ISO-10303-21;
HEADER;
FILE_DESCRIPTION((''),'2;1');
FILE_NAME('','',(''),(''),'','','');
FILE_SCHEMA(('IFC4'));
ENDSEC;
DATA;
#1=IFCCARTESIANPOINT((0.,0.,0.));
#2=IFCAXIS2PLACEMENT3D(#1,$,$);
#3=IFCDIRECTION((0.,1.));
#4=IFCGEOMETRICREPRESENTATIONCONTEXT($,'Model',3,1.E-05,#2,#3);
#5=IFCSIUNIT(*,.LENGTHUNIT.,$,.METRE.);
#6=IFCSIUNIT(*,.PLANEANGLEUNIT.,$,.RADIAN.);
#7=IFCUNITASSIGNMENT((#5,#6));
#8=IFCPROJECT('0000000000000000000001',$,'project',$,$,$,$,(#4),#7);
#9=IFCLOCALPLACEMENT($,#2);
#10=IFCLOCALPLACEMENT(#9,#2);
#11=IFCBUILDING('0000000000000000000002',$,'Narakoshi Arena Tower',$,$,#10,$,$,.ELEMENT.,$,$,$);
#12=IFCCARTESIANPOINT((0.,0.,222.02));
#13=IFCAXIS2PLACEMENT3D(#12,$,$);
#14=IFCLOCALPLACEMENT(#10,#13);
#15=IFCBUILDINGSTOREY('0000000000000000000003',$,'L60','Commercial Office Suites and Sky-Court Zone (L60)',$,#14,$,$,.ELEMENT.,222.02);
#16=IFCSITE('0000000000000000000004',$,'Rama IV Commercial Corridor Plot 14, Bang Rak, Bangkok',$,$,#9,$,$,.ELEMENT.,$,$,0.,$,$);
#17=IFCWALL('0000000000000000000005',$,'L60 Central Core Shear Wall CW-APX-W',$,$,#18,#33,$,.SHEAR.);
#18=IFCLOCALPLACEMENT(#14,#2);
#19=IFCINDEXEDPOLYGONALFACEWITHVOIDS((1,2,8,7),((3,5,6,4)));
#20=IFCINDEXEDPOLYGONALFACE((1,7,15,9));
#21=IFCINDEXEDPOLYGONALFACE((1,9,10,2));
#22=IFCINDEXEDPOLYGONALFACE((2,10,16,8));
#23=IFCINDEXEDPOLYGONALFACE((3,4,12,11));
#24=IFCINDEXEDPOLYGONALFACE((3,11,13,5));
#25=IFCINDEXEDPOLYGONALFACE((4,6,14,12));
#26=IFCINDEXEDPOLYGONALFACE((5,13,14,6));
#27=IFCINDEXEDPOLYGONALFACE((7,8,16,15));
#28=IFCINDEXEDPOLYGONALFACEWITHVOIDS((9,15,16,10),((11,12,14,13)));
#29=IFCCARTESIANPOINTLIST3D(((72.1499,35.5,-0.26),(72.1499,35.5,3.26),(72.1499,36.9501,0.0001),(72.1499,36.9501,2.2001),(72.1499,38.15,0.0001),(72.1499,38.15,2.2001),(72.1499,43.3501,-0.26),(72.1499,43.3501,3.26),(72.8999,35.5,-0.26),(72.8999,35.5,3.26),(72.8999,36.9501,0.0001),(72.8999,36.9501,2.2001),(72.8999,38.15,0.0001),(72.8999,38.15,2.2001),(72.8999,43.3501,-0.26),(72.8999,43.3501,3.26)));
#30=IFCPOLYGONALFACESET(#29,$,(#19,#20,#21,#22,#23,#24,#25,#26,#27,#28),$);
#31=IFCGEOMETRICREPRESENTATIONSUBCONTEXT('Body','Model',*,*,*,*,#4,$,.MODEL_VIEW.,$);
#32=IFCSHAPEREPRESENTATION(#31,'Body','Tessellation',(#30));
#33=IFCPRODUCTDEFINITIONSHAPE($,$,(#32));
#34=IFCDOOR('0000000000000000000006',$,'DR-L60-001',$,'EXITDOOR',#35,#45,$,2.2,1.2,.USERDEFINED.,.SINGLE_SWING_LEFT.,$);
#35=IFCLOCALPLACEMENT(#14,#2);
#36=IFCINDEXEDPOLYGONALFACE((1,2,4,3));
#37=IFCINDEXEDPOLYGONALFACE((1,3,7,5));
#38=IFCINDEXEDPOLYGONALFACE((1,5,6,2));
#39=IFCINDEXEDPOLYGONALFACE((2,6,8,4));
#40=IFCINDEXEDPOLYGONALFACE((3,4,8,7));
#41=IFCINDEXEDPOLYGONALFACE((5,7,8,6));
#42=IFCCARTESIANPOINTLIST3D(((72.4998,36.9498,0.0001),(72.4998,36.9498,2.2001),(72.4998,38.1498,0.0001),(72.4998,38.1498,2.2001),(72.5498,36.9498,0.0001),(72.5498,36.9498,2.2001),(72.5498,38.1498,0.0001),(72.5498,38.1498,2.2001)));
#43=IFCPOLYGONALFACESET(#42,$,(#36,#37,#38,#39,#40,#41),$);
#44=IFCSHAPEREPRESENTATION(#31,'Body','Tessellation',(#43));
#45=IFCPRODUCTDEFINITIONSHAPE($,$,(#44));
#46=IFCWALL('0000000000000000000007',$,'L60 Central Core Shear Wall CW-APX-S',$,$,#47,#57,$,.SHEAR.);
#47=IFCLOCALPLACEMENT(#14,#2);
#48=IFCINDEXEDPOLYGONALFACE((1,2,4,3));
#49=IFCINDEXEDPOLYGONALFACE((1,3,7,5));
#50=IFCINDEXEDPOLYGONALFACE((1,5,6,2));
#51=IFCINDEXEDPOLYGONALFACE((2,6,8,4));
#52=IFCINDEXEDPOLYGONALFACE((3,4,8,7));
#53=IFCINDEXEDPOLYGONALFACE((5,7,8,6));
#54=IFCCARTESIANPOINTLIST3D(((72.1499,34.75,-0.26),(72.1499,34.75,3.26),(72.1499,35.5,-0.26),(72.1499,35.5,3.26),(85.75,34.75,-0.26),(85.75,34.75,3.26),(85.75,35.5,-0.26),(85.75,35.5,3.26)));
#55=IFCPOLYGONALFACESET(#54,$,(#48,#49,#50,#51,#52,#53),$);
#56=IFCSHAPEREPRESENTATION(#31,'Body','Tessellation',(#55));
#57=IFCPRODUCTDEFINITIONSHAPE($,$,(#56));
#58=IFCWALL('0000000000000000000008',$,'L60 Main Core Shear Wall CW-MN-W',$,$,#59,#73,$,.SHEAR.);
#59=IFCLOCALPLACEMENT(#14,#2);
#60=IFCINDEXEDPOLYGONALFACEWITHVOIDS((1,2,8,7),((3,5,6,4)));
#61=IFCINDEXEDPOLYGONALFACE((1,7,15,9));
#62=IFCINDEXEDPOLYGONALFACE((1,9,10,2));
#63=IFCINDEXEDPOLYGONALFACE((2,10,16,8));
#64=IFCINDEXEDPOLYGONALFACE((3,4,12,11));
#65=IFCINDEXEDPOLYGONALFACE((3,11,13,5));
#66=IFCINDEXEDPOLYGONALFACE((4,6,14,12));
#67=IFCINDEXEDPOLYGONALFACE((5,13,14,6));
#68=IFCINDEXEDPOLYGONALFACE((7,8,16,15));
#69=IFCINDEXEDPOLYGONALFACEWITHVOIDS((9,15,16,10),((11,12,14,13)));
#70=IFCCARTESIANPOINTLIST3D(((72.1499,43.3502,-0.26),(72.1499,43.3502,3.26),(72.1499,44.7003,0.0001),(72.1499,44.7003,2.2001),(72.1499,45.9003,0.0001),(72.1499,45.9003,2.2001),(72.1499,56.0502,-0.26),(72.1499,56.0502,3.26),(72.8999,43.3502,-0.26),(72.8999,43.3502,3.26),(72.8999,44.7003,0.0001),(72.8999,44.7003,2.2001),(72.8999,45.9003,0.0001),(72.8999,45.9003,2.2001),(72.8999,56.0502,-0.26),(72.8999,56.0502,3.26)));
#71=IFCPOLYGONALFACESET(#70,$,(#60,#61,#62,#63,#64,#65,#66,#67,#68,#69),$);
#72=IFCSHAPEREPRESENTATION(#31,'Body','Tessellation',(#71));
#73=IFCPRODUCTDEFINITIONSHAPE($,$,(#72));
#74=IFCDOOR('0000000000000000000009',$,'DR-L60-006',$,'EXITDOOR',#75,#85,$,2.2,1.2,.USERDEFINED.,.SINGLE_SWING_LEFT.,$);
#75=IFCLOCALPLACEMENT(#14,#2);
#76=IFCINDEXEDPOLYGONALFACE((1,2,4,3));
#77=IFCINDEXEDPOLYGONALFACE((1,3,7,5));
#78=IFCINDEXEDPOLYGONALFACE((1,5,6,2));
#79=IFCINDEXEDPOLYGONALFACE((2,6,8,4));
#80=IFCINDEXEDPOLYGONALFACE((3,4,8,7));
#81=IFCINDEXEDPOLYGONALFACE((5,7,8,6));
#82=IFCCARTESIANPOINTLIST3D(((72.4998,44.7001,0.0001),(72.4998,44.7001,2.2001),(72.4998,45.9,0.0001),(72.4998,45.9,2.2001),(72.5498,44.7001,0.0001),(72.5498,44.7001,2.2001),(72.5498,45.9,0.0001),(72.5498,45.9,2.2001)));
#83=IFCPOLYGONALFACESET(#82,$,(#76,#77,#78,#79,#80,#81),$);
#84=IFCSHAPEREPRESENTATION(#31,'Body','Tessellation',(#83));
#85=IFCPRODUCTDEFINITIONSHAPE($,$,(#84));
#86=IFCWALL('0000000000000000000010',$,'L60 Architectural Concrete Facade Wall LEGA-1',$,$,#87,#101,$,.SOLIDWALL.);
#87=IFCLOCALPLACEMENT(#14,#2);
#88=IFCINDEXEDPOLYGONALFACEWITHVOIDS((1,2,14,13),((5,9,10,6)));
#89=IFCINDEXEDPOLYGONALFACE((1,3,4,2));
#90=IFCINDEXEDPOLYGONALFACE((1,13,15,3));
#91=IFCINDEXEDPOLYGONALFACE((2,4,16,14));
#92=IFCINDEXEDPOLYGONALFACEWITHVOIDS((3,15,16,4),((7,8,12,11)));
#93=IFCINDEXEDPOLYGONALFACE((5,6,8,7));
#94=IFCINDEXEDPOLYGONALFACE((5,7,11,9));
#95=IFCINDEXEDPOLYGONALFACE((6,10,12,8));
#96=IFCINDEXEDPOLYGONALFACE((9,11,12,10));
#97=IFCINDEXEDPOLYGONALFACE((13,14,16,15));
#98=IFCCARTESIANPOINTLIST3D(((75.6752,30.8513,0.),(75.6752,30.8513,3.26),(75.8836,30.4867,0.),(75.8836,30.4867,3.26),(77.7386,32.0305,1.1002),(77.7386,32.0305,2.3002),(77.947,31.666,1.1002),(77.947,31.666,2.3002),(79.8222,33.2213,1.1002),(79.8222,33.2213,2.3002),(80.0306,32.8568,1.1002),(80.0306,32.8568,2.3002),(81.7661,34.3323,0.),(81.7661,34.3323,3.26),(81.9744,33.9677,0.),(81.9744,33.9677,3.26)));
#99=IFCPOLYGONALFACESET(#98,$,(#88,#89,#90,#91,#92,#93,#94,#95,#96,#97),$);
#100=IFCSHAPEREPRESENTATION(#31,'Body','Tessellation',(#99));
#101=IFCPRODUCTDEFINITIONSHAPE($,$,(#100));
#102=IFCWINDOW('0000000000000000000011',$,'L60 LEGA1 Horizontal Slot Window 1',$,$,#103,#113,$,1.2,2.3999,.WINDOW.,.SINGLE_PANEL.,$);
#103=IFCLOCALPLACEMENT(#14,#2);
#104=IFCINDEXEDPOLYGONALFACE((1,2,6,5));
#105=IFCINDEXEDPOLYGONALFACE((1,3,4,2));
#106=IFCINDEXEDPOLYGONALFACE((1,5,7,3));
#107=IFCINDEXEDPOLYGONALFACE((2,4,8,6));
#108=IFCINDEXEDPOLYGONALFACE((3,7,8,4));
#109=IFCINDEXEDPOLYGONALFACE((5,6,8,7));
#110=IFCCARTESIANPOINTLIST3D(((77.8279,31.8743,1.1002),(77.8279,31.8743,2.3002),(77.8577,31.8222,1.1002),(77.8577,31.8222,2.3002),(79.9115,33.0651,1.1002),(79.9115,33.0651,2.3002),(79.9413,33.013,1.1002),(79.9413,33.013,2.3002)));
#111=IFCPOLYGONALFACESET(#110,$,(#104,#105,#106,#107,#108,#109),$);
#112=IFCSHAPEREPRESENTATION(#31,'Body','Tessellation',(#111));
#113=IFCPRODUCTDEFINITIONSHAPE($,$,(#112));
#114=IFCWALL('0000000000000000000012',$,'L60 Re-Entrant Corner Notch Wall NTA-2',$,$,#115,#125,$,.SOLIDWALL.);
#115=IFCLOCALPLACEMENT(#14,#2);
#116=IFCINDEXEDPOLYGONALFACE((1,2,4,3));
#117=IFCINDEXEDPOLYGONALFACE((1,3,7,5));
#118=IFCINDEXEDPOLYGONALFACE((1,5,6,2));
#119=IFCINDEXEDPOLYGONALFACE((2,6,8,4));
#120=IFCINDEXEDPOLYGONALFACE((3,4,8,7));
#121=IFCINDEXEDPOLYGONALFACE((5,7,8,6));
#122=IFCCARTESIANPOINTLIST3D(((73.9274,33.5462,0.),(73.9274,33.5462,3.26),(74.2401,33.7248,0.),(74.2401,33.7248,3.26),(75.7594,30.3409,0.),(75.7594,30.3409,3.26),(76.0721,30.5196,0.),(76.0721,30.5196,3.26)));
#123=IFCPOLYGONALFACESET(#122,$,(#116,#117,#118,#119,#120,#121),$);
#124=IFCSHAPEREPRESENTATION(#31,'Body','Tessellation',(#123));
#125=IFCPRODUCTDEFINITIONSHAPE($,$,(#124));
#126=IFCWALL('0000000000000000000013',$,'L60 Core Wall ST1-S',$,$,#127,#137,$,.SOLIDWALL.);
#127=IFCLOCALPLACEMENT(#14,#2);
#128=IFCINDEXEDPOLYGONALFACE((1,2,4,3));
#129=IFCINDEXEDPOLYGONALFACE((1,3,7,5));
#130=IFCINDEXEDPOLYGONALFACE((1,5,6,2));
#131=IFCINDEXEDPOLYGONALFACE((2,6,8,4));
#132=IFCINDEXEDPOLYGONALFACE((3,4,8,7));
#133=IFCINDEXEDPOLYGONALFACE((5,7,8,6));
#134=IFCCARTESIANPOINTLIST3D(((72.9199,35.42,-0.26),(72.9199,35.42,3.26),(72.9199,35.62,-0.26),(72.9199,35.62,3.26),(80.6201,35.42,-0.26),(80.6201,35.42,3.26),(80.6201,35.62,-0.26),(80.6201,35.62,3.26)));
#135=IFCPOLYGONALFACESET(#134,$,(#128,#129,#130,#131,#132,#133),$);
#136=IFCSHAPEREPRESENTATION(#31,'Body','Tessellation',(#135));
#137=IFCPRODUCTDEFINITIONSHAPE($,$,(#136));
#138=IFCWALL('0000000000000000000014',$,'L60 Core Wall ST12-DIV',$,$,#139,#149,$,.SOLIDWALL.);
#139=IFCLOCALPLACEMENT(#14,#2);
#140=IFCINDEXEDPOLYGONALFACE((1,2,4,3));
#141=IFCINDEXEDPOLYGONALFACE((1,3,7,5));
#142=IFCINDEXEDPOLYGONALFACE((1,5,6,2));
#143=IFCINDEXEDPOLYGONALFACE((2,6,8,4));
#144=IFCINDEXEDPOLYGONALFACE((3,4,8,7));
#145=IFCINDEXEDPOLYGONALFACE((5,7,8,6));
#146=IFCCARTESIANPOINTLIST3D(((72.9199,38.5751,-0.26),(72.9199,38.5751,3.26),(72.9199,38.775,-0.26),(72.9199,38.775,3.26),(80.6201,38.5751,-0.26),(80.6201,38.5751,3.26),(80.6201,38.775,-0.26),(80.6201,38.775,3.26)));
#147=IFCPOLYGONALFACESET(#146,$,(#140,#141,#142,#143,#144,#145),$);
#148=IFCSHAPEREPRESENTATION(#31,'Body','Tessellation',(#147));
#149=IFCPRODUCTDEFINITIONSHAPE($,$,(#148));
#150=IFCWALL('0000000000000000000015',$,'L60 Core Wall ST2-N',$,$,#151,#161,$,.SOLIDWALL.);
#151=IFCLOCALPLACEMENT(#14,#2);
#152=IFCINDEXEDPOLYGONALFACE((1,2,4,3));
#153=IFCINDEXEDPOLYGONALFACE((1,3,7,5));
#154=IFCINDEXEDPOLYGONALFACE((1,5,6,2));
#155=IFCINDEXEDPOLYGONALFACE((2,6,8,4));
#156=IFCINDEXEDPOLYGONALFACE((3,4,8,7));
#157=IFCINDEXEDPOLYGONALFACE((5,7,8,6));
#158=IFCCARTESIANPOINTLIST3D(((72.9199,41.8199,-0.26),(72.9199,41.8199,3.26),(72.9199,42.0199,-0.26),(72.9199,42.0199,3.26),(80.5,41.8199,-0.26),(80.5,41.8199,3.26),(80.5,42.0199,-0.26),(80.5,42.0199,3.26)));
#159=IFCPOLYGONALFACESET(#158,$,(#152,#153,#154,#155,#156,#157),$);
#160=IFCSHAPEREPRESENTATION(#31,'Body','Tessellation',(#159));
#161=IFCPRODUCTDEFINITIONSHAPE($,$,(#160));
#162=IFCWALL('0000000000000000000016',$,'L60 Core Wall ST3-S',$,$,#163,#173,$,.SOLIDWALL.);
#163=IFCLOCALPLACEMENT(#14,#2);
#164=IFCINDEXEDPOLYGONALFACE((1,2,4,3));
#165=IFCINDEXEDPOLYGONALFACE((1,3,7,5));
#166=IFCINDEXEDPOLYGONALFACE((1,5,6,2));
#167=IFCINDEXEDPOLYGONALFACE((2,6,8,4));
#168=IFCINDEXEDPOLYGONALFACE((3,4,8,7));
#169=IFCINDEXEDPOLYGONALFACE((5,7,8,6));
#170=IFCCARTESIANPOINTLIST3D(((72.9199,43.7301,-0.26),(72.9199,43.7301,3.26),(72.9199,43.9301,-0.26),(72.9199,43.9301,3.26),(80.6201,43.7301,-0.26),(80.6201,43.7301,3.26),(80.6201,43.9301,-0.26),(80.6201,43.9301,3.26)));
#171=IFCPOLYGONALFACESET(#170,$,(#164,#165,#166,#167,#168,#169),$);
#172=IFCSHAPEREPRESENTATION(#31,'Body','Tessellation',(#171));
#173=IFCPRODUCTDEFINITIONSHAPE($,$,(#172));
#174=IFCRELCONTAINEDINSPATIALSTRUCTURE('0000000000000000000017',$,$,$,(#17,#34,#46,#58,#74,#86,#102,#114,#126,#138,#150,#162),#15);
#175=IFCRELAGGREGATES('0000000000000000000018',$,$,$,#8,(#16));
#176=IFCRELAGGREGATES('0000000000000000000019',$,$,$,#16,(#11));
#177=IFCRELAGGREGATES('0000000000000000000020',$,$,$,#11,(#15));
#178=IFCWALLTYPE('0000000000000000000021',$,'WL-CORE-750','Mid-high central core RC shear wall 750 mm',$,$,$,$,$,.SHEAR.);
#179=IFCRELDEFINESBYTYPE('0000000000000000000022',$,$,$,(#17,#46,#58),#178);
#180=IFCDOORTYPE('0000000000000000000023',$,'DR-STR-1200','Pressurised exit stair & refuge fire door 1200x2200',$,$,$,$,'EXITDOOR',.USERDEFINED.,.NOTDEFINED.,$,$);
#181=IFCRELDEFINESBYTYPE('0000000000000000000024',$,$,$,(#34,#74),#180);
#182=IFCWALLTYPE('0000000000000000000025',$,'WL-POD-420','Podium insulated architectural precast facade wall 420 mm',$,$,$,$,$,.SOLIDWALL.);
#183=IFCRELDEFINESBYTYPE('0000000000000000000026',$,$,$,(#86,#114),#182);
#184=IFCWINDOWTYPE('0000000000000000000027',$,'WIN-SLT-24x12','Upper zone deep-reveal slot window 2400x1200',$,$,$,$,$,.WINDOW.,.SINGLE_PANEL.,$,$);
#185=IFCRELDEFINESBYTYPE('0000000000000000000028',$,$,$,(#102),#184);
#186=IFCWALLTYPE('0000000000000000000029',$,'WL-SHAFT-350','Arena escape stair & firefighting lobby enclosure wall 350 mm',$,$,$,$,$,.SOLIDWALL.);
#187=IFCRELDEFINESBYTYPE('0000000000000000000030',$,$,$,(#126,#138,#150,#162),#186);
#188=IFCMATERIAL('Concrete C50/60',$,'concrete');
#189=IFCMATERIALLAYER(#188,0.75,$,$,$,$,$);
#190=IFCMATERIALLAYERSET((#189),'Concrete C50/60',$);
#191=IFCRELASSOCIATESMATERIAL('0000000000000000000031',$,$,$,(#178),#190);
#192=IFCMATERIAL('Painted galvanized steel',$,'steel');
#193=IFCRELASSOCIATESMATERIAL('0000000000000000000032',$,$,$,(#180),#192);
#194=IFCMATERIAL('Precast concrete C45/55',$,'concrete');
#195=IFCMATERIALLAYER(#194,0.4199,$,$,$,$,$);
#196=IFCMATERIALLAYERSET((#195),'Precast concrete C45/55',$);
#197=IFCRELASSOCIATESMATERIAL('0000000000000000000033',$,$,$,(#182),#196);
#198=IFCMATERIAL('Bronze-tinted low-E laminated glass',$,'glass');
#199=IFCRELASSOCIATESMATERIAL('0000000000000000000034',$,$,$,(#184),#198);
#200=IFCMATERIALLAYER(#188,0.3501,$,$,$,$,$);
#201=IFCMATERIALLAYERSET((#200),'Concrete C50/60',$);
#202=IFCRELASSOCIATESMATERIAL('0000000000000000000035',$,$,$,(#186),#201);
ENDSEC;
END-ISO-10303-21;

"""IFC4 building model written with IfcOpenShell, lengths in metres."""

from ifc_helpers import new_model, si_unit, direction, frame, frame_2d, origin, place, context, subcontext, project, spatial, rectangle, extrude, material, layer, layer_set, type_object, element, fill, save


model = new_model("IFC4")

# Units and contexts
model_context = context("Model", 3, precision=1e-05, world=origin(), true_north=direction((0.0, 1.0)))
body_context = subcontext(model_context, "Body", "Model", "MODEL_VIEW")
ifc_project = project(units=[si_unit("LENGTHUNIT", "METRE"), si_unit("PLANEANGLEUNIT", "RADIAN")], contexts=[model_context])

# Site, building, storey
site_placement = place(None, origin())
site = spatial("IfcSite", under=ifc_project, at=site_placement, Name="Rama IV Commercial Corridor Plot 14, Bang Rak, Bangkok", CompositionType="ELEMENT", RefElevation=0.0)
building_placement = place(site_placement, origin())
building = spatial("IfcBuilding", under=site, at=building_placement, Name="Narakoshi Arena Tower", CompositionType="ELEMENT")
storey_placement = place(building_placement, frame((0.0, 0.0, 222.02)))
storey = spatial("IfcBuildingStorey", under=building, at=storey_placement, Name="L60", Description="Commercial Office Suites and Sky-Court Zone (L60)", CompositionType="ELEMENT", Elevation=222.02)

# Wall, opening, door
ifc_material_1 = material(Name="Concrete C50/60", Category="concrete")
ifc_layer_1 = layer(ifc_material_1, 0.75)
ifc_layer_set_1 = layer_set([ifc_layer_1], Name="Concrete C50/60")
wall_type_1 = type_object("IfcWallType", Name="WL-CORE-750", Description="Mid-high central core RC shear wall 750 mm", PredefinedType="SHEAR", material=ifc_layer_set_1)
wall_1_placement = place(storey_placement, frame((72.5249, 35.5, -0.26), z_axis=(0.0, 0.0, 1.0), x_axis=(0.0, 1.0, 0.0)))
wall_1 = element("IfcWall", 1, at=wall_1_placement, inside=storey, type_object=wall_type_1, Name="L60 Central Core Shear Wall CW-APX-W", PredefinedType="SHEAR", context=body_context, shape_type="SweptSolid", body=[
    extrude(rectangle(XDim=7.8501, YDim=0.75, at=frame_2d((3.925, 0.0))), origin(), (0.0, 0.0, 1.0), 3.52),
])
opening_1_placement = place(wall_1_placement, frame((1.45, 0.0, 0.26)))
opening_1 = element("IfcOpeningElement", 2, at=opening_1_placement, cuts=wall_1, PredefinedType="OPENING", context=body_context, shape_type="SweptSolid", body=[
    extrude(rectangle(XDim=1.2, YDim=2.2, at=frame_2d((0.6001, 1.1001))), frame((0.0, 0.385, 0.0), z_axis=(0.0, -1.0, 0.0), x_axis=(1.0, 0.0, 0.0)), (0.0, 0.0, 1.0), 0.77),
])
ifc_material_2 = material(Name="Painted galvanized steel", Category="steel")
door_type = type_object("IfcDoorType", Name="DR-STR-1200", Description="Pressurised exit stair & refuge fire door 1200x2200", ElementType="EXITDOOR", OperationType="NOTDEFINED", PredefinedType="USERDEFINED", material=ifc_material_2)
door_1_placement = place(opening_1_placement, frame((1.2, 0.0, 0.0), z_axis=(0.0, 0.0, 1.0), x_axis=(-1.0, 0.0, 0.0)))
door_1 = element("IfcDoor", 3, at=door_1_placement, inside=storey, type_object=door_type, Name="DR-L60-001", ObjectType="EXITDOOR", OperationType="SINGLE_SWING_LEFT", OverallHeight=2.2, OverallWidth=1.2, PredefinedType="USERDEFINED", context=body_context, shape_type="SweptSolid", body=[
    extrude(rectangle(XDim=1.2, YDim=2.2, at=frame_2d((0.6001, 1.1001))), frame((0.0, 0.0249, 0.0), z_axis=(0.0, -1.0, 0.0), x_axis=(1.0, 0.0, 0.0)), (0.0, 0.0, 1.0), 0.05),
])
fill(opening_1, door_1)

# Wall
wall_2_placement = place(storey_placement, frame((72.1499, 35.125, -0.26), z_axis=(0.0, 0.0, 1.0), x_axis=(1.0, 0.0, 0.0)))
element("IfcWall", 4, at=wall_2_placement, inside=storey, type_object=wall_type_1, Name="L60 Central Core Shear Wall CW-APX-S", PredefinedType="SHEAR", context=body_context, shape_type="SweptSolid", body=[
    extrude(rectangle(XDim=13.6001, YDim=0.75, at=frame_2d((6.8, 0.0))), origin(), (0.0, 0.0, 1.0), 3.52),
])

# Wall, opening, door
wall_3_placement = place(storey_placement, frame((72.5249, 43.3501, -0.26), z_axis=(0.0, 0.0, 1.0), x_axis=(0.0, 1.0, 0.0)))
wall_3 = element("IfcWall", 5, at=wall_3_placement, inside=storey, type_object=wall_type_1, Name="L60 Main Core Shear Wall CW-MN-W", PredefinedType="SHEAR", context=body_context, shape_type="SweptSolid", body=[
    extrude(rectangle(XDim=12.7, YDim=0.75, at=frame_2d((6.3501, 0.0))), origin(), (0.0, 0.0, 1.0), 3.52),
])
opening_2_placement = place(wall_3_placement, frame((1.3501, 0.0, 0.26)))
opening_2 = element("IfcOpeningElement", 6, at=opening_2_placement, cuts=wall_3, PredefinedType="OPENING", context=body_context, shape_type="SweptSolid", body=[
    extrude(rectangle(XDim=1.2, YDim=2.2, at=frame_2d((0.6001, 1.1001))), frame((0.0, 0.385, 0.0), z_axis=(0.0, -1.0, 0.0), x_axis=(1.0, 0.0, 0.0)), (0.0, 0.0, 1.0), 0.77),
])
door_2_placement = place(opening_2_placement, frame((1.2, 0.0, 0.0), z_axis=(0.0, 0.0, 1.0), x_axis=(-1.0, 0.0, 0.0)))
door_2 = element("IfcDoor", 7, at=door_2_placement, inside=storey, type_object=door_type, Name="DR-L60-006", ObjectType="EXITDOOR", OperationType="SINGLE_SWING_LEFT", OverallHeight=2.2, OverallWidth=1.2, PredefinedType="USERDEFINED", context=body_context, shape_type="SweptSolid", body=[
    extrude(rectangle(XDim=1.2, YDim=2.2, at=frame_2d((0.6001, 1.1001))), frame((0.0, 0.0249, 0.0), z_axis=(0.0, -1.0, 0.0), x_axis=(1.0, 0.0, 0.0)), (0.0, 0.0, 1.0), 0.05),
])
fill(opening_2, door_2)

# Wall, opening, window
ifc_material_3 = material(Name="Precast concrete C45/55", Category="concrete")
ifc_layer_2 = layer(ifc_material_3, 0.4199)
ifc_layer_set_2 = layer_set([ifc_layer_2], Name="Precast concrete C45/55")
wall_type_2 = type_object("IfcWallType", Name="WL-POD-420", Description="Podium insulated architectural precast facade wall 420 mm", PredefinedType="SOLIDWALL", material=ifc_layer_set_2)
wall_4_placement = place(storey_placement, frame((75.7793, 30.6689, 0.0), z_axis=(0.0, 0.0, 1.0), x_axis=(0.868213, 0.496191, 0.0)))
wall_4 = element("IfcWall", 8, at=wall_4_placement, inside=storey, type_object=wall_type_2, Name="L60 Architectural Concrete Facade Wall LEGA-1", PredefinedType="SOLIDWALL", context=body_context, shape_type="SweptSolid", body=[
    extrude(rectangle(XDim=7.0154, YDim=0.4199, at=frame_2d((3.5078, 0.0))), origin(), (0.0, 0.0, 1.0), 3.26),
])
opening_3_placement = place(wall_4_placement, frame((2.3767, 0.0, 1.1001)))
opening_3 = element("IfcOpeningElement", 9, at=opening_3_placement, cuts=wall_4, PredefinedType="OPENING", context=body_context, shape_type="SweptSolid", body=[
    extrude(rectangle(XDim=2.3999, YDim=1.2, at=frame_2d((1.2, 0.6001))), frame((0.0, 0.22, 0.0), z_axis=(0.0, -1.0, 0.0), x_axis=(1.0, 0.0, 0.0)), (0.0, 0.0, 1.0), 0.4399),
])
ifc_material_4 = material(Name="Bronze-tinted low-E laminated glass", Category="glass")
window_type = type_object("IfcWindowType", Name="WIN-SLT-24x12", Description="Upper zone deep-reveal slot window 2400x1200", PartitioningType="SINGLE_PANEL", PredefinedType="WINDOW", material=ifc_material_4)
window_placement = place(opening_3_placement, origin())
window = element("IfcWindow", 10, at=window_placement, inside=storey, type_object=window_type, Name="L60 LEGA1 Horizontal Slot Window 1", OverallHeight=1.2, OverallWidth=2.3999, PartitioningType="SINGLE_PANEL", PredefinedType="WINDOW", context=body_context, shape_type="SweptSolid", body=[
    extrude(rectangle(XDim=2.3999, YDim=1.2, at=frame_2d((1.2, 0.6001))), frame((0.0, 0.03, 0.0), z_axis=(0.0, -1.0, 0.0), x_axis=(1.0, 0.0, 0.0)), (0.0, 0.0, 1.0), 0.0601),
])
fill(opening_3, window)

# Walls
wall_5_placement = place(storey_placement, frame((74.0837, 33.6355, 0.0), z_axis=(0.0, 0.0, 1.0), x_axis=(0.496224, -0.868194, 0.0)))
element("IfcWall", 11, at=wall_5_placement, inside=storey, type_object=wall_type_2, Name="L60 Re-Entrant Corner Notch Wall NTA-2", PredefinedType="SOLIDWALL", context=body_context, shape_type="SweptSolid", body=[
    extrude(rectangle(XDim=3.6919, YDim=0.3601, at=frame_2d((1.8459, 0.0))), origin(), (0.0, 0.0, 1.0), 3.26),
])
ifc_layer_3 = layer(ifc_material_1, 0.3501)
ifc_layer_set_3 = layer_set([ifc_layer_3], Name="Concrete C50/60")
wall_type_3 = type_object("IfcWallType", Name="WL-SHAFT-350", Description="Arena escape stair & firefighting lobby enclosure wall 350 mm", PredefinedType="SOLIDWALL", material=ifc_layer_set_3)
for number, where, z_axis, x_axis, name in (
    (12, (72.9199, 35.52, -0.26), (0.0, 0.0, 1.0), (1.0, 0.0, 0.0), "L60 Core Wall ST1-S"),
    (13, (72.9199, 38.675, -0.26), (0.0, 0.0, 1.0), (1.0, 0.0, 0.0), "L60 Core Wall ST12-DIV"),
):
    element("IfcWall", number, at=place(storey_placement, frame(where, z_axis=z_axis, x_axis=x_axis)), inside=storey, type_object=wall_type_3, Name=name, PredefinedType="SOLIDWALL", context=body_context, shape_type="SweptSolid", body=[
        extrude(rectangle(XDim=7.7002, YDim=0.2, at=frame_2d((3.8501, 0.0))), origin(), (0.0, 0.0, 1.0), 3.52),
    ])
wall_6_placement = place(storey_placement, frame((72.9199, 41.9199, -0.26), z_axis=(0.0, 0.0, 1.0), x_axis=(1.0, 0.0, 0.0)))
element("IfcWall", 14, at=wall_6_placement, inside=storey, type_object=wall_type_3, Name="L60 Core Wall ST2-N", PredefinedType="SOLIDWALL", context=body_context, shape_type="SweptSolid", body=[
    extrude(rectangle(XDim=7.5801, YDim=0.2, at=frame_2d((3.79, 0.0))), origin(), (0.0, 0.0, 1.0), 3.52),
])
wall_7_placement = place(storey_placement, frame((72.9199, 43.8301, -0.26), z_axis=(0.0, 0.0, 1.0), x_axis=(1.0, 0.0, 0.0)))
element("IfcWall", 15, at=wall_7_placement, inside=storey, type_object=wall_type_3, Name="L60 Core Wall ST3-S", PredefinedType="SOLIDWALL", context=body_context, shape_type="SweptSolid", body=[
    extrude(rectangle(XDim=7.7002, YDim=0.2, at=frame_2d((3.8501, 0.0))), origin(), (0.0, 0.0, 1.0), 3.52),
])

save(model, "model.ifc")
